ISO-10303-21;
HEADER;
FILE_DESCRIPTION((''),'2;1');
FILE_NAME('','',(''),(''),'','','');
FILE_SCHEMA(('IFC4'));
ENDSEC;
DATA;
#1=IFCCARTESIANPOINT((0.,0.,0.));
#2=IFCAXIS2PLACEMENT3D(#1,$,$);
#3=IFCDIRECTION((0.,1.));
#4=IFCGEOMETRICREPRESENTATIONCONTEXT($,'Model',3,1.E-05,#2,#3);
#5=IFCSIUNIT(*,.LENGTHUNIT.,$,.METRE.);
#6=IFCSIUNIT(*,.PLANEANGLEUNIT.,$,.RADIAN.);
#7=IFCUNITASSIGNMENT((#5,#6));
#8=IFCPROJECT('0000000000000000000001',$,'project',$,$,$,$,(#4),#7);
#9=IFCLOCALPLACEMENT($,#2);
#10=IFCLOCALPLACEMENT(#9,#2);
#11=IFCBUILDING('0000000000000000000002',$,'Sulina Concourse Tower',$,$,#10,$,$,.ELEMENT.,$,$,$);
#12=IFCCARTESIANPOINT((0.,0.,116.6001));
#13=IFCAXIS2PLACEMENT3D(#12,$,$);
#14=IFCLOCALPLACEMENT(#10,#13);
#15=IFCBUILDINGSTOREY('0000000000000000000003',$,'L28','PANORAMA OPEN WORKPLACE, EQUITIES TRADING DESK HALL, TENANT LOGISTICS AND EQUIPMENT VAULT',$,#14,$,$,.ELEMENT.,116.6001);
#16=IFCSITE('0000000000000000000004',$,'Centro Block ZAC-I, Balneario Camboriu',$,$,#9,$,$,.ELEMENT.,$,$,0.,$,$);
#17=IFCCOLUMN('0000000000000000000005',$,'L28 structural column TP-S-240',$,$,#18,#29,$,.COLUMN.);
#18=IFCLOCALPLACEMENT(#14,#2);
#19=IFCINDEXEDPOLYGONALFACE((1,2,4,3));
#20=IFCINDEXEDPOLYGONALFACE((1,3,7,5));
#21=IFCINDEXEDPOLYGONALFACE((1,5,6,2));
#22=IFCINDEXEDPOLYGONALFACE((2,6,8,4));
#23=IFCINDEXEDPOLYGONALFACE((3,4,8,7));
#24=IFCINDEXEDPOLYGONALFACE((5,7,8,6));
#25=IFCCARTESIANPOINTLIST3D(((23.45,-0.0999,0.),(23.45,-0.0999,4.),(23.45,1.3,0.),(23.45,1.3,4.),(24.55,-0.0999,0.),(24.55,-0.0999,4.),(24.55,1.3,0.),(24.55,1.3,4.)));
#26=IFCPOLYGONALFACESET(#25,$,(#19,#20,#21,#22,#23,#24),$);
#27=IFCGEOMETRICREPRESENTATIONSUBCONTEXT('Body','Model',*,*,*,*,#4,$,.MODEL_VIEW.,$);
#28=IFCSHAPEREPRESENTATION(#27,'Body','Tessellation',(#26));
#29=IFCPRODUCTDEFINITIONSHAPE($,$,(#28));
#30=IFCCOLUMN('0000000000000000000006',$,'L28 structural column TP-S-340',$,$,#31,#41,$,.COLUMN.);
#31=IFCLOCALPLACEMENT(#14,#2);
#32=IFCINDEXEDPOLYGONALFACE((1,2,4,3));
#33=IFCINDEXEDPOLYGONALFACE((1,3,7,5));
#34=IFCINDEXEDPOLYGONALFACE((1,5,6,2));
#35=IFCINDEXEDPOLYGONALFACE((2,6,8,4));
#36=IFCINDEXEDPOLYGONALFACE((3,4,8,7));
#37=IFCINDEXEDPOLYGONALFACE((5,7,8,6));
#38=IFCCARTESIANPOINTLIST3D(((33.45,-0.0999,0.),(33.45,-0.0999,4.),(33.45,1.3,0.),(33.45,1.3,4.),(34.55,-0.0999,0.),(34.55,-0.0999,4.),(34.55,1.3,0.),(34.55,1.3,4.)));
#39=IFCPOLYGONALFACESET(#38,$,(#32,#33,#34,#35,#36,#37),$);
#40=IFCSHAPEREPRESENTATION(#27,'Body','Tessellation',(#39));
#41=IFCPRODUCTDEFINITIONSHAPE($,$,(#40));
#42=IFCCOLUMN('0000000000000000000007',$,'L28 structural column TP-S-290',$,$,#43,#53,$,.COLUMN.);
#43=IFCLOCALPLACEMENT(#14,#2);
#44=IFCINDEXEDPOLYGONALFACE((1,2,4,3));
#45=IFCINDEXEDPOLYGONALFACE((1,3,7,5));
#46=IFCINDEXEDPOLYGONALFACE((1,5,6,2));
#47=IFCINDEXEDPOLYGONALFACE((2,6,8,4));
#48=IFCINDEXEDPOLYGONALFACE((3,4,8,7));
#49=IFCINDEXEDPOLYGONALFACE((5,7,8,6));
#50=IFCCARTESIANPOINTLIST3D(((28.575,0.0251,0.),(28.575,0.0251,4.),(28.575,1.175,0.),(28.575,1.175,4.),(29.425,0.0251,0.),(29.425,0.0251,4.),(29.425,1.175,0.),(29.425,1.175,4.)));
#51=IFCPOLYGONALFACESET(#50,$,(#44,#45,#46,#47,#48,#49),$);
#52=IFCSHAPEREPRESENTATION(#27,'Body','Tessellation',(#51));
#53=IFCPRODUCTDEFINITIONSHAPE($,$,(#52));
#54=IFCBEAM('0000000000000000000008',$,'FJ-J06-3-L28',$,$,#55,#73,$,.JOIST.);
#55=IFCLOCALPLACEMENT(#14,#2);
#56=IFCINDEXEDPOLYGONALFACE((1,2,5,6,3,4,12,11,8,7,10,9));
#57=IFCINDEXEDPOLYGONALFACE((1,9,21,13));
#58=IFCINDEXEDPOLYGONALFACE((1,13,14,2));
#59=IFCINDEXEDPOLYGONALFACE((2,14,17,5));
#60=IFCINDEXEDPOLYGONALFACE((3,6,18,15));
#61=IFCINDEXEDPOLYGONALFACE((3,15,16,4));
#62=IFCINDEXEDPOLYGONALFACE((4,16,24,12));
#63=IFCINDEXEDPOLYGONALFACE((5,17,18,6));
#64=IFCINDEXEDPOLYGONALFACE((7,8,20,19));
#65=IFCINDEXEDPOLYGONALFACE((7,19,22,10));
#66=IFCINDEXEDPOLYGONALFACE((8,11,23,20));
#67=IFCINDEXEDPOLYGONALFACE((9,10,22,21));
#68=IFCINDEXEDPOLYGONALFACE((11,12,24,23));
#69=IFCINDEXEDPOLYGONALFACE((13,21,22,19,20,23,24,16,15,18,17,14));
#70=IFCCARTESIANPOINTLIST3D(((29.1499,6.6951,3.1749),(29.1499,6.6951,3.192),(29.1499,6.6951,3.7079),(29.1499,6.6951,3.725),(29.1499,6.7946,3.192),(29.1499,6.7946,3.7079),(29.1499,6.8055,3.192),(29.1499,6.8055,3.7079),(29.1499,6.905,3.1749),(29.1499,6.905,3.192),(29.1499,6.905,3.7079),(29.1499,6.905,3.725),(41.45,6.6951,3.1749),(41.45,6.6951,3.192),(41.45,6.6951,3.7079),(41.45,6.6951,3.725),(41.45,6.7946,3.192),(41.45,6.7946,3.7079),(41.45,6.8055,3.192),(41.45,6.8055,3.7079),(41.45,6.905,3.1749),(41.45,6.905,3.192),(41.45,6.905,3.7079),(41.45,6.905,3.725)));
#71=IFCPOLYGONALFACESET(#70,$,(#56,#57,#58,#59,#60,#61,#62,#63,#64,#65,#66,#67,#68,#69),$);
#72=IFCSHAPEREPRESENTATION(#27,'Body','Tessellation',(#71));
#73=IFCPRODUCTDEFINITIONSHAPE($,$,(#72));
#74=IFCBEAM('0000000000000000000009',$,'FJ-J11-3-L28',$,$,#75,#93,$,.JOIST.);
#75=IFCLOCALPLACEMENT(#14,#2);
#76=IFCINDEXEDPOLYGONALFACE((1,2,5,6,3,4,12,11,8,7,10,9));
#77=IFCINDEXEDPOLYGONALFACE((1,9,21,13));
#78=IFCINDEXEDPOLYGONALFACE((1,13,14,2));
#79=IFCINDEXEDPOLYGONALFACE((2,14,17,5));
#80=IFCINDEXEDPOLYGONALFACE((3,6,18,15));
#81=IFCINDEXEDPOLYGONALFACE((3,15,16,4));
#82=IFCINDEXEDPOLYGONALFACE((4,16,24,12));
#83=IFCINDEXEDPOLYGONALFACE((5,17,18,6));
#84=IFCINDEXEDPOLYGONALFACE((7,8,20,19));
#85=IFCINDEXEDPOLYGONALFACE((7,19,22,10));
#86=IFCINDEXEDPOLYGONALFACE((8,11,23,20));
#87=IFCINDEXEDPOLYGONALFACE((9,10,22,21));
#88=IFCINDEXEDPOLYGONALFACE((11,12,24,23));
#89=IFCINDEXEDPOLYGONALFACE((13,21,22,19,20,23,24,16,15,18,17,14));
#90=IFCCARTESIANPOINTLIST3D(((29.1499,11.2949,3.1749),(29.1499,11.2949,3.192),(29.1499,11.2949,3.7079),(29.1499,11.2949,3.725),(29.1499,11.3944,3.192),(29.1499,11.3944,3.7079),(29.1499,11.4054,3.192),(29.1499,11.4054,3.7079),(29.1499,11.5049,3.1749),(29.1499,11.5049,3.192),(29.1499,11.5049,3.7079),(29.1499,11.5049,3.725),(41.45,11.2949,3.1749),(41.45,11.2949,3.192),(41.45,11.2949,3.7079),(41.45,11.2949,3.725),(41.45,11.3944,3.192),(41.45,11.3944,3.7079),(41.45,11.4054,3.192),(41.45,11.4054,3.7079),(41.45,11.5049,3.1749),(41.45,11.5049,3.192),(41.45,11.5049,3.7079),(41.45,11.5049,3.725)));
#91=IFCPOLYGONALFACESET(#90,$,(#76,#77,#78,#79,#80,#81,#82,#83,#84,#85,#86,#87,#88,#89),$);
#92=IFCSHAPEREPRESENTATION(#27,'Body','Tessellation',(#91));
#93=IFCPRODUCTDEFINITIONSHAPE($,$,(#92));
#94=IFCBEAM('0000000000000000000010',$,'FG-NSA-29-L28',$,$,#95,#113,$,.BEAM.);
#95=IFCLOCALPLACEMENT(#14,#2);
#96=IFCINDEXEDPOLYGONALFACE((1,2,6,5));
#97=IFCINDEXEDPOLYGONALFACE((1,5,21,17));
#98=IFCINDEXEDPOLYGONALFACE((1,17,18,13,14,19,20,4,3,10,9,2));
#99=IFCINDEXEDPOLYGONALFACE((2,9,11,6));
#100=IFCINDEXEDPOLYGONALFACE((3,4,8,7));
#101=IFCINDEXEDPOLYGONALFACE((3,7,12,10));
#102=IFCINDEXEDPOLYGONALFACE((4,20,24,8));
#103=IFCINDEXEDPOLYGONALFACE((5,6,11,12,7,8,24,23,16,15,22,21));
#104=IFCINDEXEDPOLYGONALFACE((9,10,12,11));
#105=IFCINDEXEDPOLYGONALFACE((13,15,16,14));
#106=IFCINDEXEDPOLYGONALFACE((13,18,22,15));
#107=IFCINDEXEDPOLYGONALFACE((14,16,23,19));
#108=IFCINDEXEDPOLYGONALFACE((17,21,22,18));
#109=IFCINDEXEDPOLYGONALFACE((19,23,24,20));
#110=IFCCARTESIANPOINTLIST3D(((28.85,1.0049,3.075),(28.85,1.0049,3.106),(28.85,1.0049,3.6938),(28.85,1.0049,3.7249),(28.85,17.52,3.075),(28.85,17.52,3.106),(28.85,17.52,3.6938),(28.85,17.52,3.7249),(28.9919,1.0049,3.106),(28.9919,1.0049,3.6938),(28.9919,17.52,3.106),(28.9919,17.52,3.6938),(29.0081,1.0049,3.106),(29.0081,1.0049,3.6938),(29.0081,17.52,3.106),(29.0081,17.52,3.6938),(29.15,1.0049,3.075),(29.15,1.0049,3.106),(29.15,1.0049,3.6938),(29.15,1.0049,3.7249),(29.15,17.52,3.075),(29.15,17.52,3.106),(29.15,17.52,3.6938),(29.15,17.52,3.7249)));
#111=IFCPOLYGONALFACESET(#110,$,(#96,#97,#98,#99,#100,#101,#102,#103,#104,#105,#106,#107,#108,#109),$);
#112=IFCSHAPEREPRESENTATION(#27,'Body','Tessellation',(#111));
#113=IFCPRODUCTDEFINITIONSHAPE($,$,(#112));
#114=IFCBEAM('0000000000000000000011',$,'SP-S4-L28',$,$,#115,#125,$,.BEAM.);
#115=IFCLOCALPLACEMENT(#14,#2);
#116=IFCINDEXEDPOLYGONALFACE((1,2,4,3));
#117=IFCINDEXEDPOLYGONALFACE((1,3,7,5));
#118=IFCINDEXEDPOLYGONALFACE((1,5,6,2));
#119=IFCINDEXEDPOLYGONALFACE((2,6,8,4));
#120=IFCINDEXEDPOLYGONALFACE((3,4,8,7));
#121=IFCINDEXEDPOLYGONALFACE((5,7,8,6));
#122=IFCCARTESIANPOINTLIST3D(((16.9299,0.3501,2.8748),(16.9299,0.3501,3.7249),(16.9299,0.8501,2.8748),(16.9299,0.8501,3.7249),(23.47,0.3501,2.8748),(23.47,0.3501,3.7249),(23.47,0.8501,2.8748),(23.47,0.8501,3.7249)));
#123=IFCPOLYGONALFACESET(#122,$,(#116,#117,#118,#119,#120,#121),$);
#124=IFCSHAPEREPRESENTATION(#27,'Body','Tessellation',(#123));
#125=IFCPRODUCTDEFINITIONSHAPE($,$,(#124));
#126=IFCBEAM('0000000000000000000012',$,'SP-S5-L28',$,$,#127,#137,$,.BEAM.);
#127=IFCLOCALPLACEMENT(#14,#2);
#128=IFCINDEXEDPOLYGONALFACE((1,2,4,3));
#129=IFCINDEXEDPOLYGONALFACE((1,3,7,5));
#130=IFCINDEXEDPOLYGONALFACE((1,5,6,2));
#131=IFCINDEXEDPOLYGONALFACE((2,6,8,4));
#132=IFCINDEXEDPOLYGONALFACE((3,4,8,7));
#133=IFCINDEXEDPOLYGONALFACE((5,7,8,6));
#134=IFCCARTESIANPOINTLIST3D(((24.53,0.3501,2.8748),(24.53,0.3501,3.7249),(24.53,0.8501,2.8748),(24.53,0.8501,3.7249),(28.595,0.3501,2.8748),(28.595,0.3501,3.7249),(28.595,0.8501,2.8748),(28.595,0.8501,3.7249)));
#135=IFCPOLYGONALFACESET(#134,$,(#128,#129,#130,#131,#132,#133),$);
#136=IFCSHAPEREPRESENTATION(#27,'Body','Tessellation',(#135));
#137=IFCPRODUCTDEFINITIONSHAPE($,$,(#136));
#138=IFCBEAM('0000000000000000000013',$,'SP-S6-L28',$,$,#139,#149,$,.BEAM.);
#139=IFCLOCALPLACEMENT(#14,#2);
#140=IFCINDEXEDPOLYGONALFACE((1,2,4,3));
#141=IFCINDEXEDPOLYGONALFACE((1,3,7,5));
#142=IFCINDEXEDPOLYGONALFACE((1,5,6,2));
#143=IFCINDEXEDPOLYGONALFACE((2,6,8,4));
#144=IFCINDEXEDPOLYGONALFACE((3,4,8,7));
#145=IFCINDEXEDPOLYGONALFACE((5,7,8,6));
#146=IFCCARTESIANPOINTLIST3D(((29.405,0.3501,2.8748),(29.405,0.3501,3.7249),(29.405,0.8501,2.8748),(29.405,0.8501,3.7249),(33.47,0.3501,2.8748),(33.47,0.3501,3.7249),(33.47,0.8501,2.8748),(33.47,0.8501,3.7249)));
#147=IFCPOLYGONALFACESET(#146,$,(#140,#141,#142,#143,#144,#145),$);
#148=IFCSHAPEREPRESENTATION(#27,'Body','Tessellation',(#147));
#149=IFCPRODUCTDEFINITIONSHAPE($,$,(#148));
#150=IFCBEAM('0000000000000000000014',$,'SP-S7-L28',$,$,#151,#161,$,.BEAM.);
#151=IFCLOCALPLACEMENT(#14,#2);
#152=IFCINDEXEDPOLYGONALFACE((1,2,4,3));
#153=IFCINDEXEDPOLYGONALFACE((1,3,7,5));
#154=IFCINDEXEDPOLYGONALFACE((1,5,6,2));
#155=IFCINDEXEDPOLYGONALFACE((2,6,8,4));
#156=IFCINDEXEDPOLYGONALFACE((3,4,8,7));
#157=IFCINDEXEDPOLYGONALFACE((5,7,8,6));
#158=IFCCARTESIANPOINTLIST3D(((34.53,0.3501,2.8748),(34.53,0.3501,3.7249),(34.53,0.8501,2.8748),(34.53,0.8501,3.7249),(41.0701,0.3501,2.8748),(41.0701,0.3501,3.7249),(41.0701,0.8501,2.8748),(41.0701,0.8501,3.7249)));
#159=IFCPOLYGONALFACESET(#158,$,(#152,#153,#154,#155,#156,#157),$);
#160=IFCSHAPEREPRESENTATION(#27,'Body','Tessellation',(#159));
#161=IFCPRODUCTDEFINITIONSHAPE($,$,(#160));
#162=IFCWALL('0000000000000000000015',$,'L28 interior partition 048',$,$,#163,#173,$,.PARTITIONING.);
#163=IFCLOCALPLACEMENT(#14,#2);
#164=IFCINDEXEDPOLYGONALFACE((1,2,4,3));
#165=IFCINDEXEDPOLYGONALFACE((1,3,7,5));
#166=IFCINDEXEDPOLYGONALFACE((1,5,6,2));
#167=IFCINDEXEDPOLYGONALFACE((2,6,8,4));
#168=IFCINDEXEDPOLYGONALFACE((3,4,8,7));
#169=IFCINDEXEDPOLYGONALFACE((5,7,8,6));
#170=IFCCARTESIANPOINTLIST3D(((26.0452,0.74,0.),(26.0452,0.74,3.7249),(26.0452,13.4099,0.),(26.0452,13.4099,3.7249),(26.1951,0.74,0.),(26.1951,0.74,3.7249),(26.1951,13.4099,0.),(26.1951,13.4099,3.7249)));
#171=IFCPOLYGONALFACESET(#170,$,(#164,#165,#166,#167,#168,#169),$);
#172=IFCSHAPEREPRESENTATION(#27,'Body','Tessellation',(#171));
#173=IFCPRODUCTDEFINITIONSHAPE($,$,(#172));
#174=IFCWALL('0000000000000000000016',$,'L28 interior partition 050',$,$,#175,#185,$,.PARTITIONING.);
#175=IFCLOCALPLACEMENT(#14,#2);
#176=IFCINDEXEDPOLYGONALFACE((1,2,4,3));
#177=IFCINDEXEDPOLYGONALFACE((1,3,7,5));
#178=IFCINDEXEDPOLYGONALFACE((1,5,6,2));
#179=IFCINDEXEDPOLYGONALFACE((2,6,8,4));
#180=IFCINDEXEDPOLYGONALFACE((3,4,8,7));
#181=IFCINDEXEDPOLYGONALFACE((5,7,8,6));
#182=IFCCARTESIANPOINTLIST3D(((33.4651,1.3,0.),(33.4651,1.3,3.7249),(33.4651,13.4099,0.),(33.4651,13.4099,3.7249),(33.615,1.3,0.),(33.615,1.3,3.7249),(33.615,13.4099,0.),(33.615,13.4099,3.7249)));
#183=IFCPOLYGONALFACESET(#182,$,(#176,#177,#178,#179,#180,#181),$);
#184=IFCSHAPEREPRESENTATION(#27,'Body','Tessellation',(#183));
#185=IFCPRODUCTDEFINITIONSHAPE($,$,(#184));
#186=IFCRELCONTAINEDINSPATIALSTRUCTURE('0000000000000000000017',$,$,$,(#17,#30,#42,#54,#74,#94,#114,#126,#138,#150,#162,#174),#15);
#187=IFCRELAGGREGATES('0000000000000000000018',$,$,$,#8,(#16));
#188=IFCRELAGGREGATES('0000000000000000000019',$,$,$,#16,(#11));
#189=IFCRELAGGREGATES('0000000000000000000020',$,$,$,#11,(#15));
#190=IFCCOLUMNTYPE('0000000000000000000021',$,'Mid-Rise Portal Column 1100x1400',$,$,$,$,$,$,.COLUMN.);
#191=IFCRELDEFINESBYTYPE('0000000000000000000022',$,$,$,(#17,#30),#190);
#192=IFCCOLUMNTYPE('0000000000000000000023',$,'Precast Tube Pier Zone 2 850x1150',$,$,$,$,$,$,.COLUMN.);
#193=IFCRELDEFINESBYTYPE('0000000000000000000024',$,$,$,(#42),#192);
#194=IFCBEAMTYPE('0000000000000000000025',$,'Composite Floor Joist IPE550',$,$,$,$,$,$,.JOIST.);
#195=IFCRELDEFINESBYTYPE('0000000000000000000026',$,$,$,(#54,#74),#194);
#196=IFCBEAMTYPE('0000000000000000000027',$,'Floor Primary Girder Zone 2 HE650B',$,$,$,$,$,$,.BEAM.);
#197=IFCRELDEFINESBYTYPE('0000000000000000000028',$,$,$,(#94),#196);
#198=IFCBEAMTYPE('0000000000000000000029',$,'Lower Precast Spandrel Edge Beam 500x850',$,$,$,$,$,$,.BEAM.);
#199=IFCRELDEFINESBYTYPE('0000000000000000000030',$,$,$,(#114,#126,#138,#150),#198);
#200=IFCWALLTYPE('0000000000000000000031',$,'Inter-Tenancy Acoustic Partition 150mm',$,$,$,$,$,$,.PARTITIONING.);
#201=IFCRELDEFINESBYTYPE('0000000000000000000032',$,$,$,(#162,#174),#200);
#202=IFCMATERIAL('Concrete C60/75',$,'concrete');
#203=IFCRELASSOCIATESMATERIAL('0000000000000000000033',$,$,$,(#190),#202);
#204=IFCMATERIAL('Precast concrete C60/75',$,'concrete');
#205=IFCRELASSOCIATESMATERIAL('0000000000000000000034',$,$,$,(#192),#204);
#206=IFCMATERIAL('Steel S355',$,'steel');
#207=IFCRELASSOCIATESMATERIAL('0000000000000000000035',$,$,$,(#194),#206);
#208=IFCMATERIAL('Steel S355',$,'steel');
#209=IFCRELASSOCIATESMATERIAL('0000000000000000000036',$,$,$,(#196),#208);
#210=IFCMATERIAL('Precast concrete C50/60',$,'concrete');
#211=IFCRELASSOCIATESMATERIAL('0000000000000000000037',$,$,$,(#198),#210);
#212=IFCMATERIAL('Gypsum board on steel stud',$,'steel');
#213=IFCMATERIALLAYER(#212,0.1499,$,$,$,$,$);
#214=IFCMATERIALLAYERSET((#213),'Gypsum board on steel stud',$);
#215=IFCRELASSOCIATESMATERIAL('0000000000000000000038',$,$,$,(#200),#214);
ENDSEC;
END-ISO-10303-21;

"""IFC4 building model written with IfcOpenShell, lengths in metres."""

from ifc_helpers import new_model, si_unit, direction, frame, frame_2d, origin, origin_2d, place, context, subcontext, project, spatial, rectangle, i_section, extrude, material, layer, layer_set, material_profile, profile_set, type_object, element, save


model = new_model("IFC4")

# Units and contexts
model_context = context("Model", 3, precision=1e-05, world=origin(), true_north=direction((0.0, 1.0)))
body_context = subcontext(model_context, "Body", "Model", "MODEL_VIEW")
ifc_project = project(units=[si_unit("LENGTHUNIT", "METRE"), si_unit("PLANEANGLEUNIT", "RADIAN")], contexts=[model_context])

# Site, building, storey
site_placement = place(None, origin())
site = spatial("IfcSite", under=ifc_project, at=site_placement, Name="Centro Block ZAC-I, Balneario Camboriu", CompositionType="ELEMENT", RefElevation=0.0)
building_placement = place(site_placement, origin())
building = spatial("IfcBuilding", under=site, at=building_placement, Name="Sulina Concourse Tower", CompositionType="ELEMENT")
storey_placement = place(building_placement, frame((0.0, 0.0, 116.6001)))
storey = spatial("IfcBuildingStorey", under=building, at=storey_placement, Name="L28", Description="PANORAMA OPEN WORKPLACE, EQUITIES TRADING DESK HALL, TENANT LOGISTICS AND EQUIPMENT VAULT", CompositionType="ELEMENT", Elevation=116.6001)

# Columns
ifc_material_1 = material(Name="Concrete C60/75", Category="concrete")
ifc_material_profile_1 = material_profile(ifc_material_1, rectangle(XDim=1.1001, YDim=1.3999, at=origin_2d()), Name="RC 1100x1400")
ifc_profile_set_1 = profile_set([ifc_material_profile_1], Name="Concrete C60/75")
column_type_1 = type_object("IfcColumnType", Name="Mid-Rise Portal Column 1100x1400", PredefinedType="COLUMN", material=ifc_profile_set_1)
for number, where, z_axis, x_axis, name in (
    (1, (24.0, 0.6001, 0.0), (0.0, 0.0, 1.0), (1.0, 0.0, 0.0), "L28 structural column TP-S-240"),
    (2, (34.0, 0.6001, 0.0), (0.0, 0.0, 1.0), (1.0, 0.0, 0.0), "L28 structural column TP-S-340"),
):
    element("IfcColumn", number, at=place(storey_placement, frame(where, z_axis=z_axis, x_axis=x_axis)), inside=storey, type_object=column_type_1, Name=name, PredefinedType="COLUMN", context=body_context, shape_type="SweptSolid", body=[
        extrude(rectangle(XDim=1.1001, YDim=1.3999, at=origin_2d()), origin(), (0.0, 0.0, 1.0), 4.0),
    ])
ifc_material_2 = material(Name="Precast concrete C60/75", Category="concrete")
ifc_material_profile_2 = material_profile(ifc_material_2, rectangle(XDim=0.8501, YDim=1.1499, at=origin_2d()), Name="PC 850x1150")
ifc_profile_set_2 = profile_set([ifc_material_profile_2], Name="Precast concrete C60/75")
column_type_2 = type_object("IfcColumnType", Name="Precast Tube Pier Zone 2 850x1150", PredefinedType="COLUMN", material=ifc_profile_set_2)
column_placement = place(storey_placement, frame((29.0, 0.6001, 0.0), z_axis=(0.0, 0.0, 1.0), x_axis=(1.0, 0.0, 0.0)))
element("IfcColumn", 3, at=column_placement, inside=storey, type_object=column_type_2, Name="L28 structural column TP-S-290", PredefinedType="COLUMN", context=body_context, shape_type="SweptSolid", body=[
    extrude(rectangle(XDim=0.8501, YDim=1.1499, at=origin_2d()), origin(), (0.0, 0.0, 1.0), 4.0),
])

# Beams
ifc_material_3 = material(Name="Steel S355", Category="steel")
ifc_material_profile_3 = material_profile(ifc_material_3, i_section(OverallWidth=0.21, OverallDepth=0.55, WebThickness=0.011, FlangeThickness=0.0171, at=origin_2d()), Name="IPE 550")
ifc_profile_set_3 = profile_set([ifc_material_profile_3], Name="Steel S355")
beam_type_1 = type_object("IfcBeamType", Name="Composite Floor Joist IPE550", PredefinedType="JOIST", material=ifc_profile_set_3)
for number, where, z_axis, x_axis, name in (
    (4, (29.1499, 6.8, 3.45), (1.0, 0.0, 0.0), (0.0, 1.0, 0.0), "FJ-J06-3-L28"),
    (5, (29.1499, 11.3999, 3.45), (1.0, 0.0, 0.0), (0.0, 1.0, 0.0), "FJ-J11-3-L28"),
):
    element("IfcBeam", number, at=place(storey_placement, frame(where, z_axis=z_axis, x_axis=x_axis)), inside=storey, type_object=beam_type_1, Name=name, PredefinedType="JOIST", context=body_context, shape_type="SweptSolid", body=[
        extrude(i_section(OverallWidth=0.21, OverallDepth=0.55, WebThickness=0.011, FlangeThickness=0.0171, at=origin_2d()), origin(), (0.0, 0.0, 1.0), 12.3),
    ])
ifc_material_4 = material(Name="Steel S355", Category="steel")
ifc_material_profile_4 = material_profile(ifc_material_4, i_section(OverallWidth=0.3, OverallDepth=0.6499, WebThickness=0.0161, FlangeThickness=0.031, at=origin_2d()), Name="HE 650 B")
ifc_profile_set_4 = profile_set([ifc_material_profile_4], Name="Steel S355")
beam_type_2 = type_object("IfcBeamType", Name="Floor Primary Girder Zone 2 HE650B", PredefinedType="BEAM", material=ifc_profile_set_4)
beam_1_placement = place(storey_placement, frame((29.0, 1.0049, 3.3999), z_axis=(0.0, 1.0, 0.0), x_axis=(-1.0, 0.0, 0.0)))
element("IfcBeam", 6, at=beam_1_placement, inside=storey, type_object=beam_type_2, Name="FG-NSA-29-L28", PredefinedType="BEAM", context=body_context, shape_type="SweptSolid", body=[
    extrude(i_section(OverallWidth=0.3, OverallDepth=0.6499, WebThickness=0.0161, FlangeThickness=0.031, at=origin_2d()), origin(), (0.0, 0.0, 1.0), 16.5151),
])
ifc_material_5 = material(Name="Precast concrete C50/60", Category="concrete")
ifc_material_profile_5 = material_profile(ifc_material_5, rectangle(XDim=0.5, YDim=0.8501, at=origin_2d()), Name="RC 500x850")
ifc_profile_set_5 = profile_set([ifc_material_profile_5], Name="Precast concrete C50/60")
beam_type_3 = type_object("IfcBeamType", Name="Lower Precast Spandrel Edge Beam 500x850", PredefinedType="BEAM", material=ifc_profile_set_5)
beam_2_placement = place(storey_placement, frame((16.9299, 0.6001, 3.2998), z_axis=(1.0, 0.0, 0.0), x_axis=(0.0, 1.0, 0.0)))
element("IfcBeam", 7, at=beam_2_placement, inside=storey, type_object=beam_type_3, Name="SP-S4-L28", PredefinedType="BEAM", context=body_context, shape_type="SweptSolid", body=[
    extrude(rectangle(XDim=0.5, YDim=0.8501, at=origin_2d()), origin(), (0.0, 0.0, 1.0), 6.54),
])
for number, where, z_axis, x_axis, name in (
    (8, (24.53, 0.6001, 3.2998), (1.0, 0.0, 0.0), (0.0, 1.0, 0.0), "SP-S5-L28"),
    (9, (29.405, 0.6001, 3.2998), (1.0, 0.0, 0.0), (0.0, 1.0, 0.0), "SP-S6-L28"),
):
    element("IfcBeam", number, at=place(storey_placement, frame(where, z_axis=z_axis, x_axis=x_axis)), inside=storey, type_object=beam_type_3, Name=name, PredefinedType="BEAM", context=body_context, shape_type="SweptSolid", body=[
        extrude(rectangle(XDim=0.5, YDim=0.8501, at=origin_2d()), origin(), (0.0, 0.0, 1.0), 4.0649),
    ])
beam_3_placement = place(storey_placement, frame((34.53, 0.6001, 3.2998), z_axis=(1.0, 0.0, 0.0), x_axis=(0.0, 1.0, 0.0)))
element("IfcBeam", 10, at=beam_3_placement, inside=storey, type_object=beam_type_3, Name="SP-S7-L28", PredefinedType="BEAM", context=body_context, shape_type="SweptSolid", body=[
    extrude(rectangle(XDim=0.5, YDim=0.8501, at=origin_2d()), origin(), (0.0, 0.0, 1.0), 6.54),
])

# Walls
ifc_material_6 = material(Name="Gypsum board on steel stud", Category="steel")
ifc_layer_1 = layer(ifc_material_6, 0.1499)
ifc_layer_set_1 = layer_set([ifc_layer_1], Name="Gypsum board on steel stud")
wall_type_1 = type_object("IfcWallType", Name="Inter-Tenancy Acoustic Partition 150mm", PredefinedType="PARTITIONING", material=ifc_layer_set_1)
wall_1_placement = place(storey_placement, frame((26.1201, 0.74, 0.0), z_axis=(0.0, 0.0, 1.0), x_axis=(0.0, 1.0, 0.0)))
element("IfcWall", 11, at=wall_1_placement, inside=storey, type_object=wall_type_1, Name="L28 interior partition 048", PredefinedType="PARTITIONING", context=body_context, shape_type="SweptSolid", body=[
    extrude(rectangle(XDim=12.6699, YDim=0.1499, at=frame_2d((6.335, 0.0))), origin(), (0.0, 0.0, 1.0), 3.7249),
])
wall_2_placement = place(storey_placement, frame((33.54, 1.3, 0.0), z_axis=(0.0, 0.0, 1.0), x_axis=(0.0, 1.0, 0.0)))
element("IfcWall", 12, at=wall_2_placement, inside=storey, type_object=wall_type_1, Name="L28 interior partition 050", PredefinedType="PARTITIONING", context=body_context, shape_type="SweptSolid", body=[
    extrude(rectangle(XDim=12.1099, YDim=0.1499, at=frame_2d((6.0549, 0.0))), origin(), (0.0, 0.0, 1.0), 3.7249),
])

save(model, "model.ifc")
